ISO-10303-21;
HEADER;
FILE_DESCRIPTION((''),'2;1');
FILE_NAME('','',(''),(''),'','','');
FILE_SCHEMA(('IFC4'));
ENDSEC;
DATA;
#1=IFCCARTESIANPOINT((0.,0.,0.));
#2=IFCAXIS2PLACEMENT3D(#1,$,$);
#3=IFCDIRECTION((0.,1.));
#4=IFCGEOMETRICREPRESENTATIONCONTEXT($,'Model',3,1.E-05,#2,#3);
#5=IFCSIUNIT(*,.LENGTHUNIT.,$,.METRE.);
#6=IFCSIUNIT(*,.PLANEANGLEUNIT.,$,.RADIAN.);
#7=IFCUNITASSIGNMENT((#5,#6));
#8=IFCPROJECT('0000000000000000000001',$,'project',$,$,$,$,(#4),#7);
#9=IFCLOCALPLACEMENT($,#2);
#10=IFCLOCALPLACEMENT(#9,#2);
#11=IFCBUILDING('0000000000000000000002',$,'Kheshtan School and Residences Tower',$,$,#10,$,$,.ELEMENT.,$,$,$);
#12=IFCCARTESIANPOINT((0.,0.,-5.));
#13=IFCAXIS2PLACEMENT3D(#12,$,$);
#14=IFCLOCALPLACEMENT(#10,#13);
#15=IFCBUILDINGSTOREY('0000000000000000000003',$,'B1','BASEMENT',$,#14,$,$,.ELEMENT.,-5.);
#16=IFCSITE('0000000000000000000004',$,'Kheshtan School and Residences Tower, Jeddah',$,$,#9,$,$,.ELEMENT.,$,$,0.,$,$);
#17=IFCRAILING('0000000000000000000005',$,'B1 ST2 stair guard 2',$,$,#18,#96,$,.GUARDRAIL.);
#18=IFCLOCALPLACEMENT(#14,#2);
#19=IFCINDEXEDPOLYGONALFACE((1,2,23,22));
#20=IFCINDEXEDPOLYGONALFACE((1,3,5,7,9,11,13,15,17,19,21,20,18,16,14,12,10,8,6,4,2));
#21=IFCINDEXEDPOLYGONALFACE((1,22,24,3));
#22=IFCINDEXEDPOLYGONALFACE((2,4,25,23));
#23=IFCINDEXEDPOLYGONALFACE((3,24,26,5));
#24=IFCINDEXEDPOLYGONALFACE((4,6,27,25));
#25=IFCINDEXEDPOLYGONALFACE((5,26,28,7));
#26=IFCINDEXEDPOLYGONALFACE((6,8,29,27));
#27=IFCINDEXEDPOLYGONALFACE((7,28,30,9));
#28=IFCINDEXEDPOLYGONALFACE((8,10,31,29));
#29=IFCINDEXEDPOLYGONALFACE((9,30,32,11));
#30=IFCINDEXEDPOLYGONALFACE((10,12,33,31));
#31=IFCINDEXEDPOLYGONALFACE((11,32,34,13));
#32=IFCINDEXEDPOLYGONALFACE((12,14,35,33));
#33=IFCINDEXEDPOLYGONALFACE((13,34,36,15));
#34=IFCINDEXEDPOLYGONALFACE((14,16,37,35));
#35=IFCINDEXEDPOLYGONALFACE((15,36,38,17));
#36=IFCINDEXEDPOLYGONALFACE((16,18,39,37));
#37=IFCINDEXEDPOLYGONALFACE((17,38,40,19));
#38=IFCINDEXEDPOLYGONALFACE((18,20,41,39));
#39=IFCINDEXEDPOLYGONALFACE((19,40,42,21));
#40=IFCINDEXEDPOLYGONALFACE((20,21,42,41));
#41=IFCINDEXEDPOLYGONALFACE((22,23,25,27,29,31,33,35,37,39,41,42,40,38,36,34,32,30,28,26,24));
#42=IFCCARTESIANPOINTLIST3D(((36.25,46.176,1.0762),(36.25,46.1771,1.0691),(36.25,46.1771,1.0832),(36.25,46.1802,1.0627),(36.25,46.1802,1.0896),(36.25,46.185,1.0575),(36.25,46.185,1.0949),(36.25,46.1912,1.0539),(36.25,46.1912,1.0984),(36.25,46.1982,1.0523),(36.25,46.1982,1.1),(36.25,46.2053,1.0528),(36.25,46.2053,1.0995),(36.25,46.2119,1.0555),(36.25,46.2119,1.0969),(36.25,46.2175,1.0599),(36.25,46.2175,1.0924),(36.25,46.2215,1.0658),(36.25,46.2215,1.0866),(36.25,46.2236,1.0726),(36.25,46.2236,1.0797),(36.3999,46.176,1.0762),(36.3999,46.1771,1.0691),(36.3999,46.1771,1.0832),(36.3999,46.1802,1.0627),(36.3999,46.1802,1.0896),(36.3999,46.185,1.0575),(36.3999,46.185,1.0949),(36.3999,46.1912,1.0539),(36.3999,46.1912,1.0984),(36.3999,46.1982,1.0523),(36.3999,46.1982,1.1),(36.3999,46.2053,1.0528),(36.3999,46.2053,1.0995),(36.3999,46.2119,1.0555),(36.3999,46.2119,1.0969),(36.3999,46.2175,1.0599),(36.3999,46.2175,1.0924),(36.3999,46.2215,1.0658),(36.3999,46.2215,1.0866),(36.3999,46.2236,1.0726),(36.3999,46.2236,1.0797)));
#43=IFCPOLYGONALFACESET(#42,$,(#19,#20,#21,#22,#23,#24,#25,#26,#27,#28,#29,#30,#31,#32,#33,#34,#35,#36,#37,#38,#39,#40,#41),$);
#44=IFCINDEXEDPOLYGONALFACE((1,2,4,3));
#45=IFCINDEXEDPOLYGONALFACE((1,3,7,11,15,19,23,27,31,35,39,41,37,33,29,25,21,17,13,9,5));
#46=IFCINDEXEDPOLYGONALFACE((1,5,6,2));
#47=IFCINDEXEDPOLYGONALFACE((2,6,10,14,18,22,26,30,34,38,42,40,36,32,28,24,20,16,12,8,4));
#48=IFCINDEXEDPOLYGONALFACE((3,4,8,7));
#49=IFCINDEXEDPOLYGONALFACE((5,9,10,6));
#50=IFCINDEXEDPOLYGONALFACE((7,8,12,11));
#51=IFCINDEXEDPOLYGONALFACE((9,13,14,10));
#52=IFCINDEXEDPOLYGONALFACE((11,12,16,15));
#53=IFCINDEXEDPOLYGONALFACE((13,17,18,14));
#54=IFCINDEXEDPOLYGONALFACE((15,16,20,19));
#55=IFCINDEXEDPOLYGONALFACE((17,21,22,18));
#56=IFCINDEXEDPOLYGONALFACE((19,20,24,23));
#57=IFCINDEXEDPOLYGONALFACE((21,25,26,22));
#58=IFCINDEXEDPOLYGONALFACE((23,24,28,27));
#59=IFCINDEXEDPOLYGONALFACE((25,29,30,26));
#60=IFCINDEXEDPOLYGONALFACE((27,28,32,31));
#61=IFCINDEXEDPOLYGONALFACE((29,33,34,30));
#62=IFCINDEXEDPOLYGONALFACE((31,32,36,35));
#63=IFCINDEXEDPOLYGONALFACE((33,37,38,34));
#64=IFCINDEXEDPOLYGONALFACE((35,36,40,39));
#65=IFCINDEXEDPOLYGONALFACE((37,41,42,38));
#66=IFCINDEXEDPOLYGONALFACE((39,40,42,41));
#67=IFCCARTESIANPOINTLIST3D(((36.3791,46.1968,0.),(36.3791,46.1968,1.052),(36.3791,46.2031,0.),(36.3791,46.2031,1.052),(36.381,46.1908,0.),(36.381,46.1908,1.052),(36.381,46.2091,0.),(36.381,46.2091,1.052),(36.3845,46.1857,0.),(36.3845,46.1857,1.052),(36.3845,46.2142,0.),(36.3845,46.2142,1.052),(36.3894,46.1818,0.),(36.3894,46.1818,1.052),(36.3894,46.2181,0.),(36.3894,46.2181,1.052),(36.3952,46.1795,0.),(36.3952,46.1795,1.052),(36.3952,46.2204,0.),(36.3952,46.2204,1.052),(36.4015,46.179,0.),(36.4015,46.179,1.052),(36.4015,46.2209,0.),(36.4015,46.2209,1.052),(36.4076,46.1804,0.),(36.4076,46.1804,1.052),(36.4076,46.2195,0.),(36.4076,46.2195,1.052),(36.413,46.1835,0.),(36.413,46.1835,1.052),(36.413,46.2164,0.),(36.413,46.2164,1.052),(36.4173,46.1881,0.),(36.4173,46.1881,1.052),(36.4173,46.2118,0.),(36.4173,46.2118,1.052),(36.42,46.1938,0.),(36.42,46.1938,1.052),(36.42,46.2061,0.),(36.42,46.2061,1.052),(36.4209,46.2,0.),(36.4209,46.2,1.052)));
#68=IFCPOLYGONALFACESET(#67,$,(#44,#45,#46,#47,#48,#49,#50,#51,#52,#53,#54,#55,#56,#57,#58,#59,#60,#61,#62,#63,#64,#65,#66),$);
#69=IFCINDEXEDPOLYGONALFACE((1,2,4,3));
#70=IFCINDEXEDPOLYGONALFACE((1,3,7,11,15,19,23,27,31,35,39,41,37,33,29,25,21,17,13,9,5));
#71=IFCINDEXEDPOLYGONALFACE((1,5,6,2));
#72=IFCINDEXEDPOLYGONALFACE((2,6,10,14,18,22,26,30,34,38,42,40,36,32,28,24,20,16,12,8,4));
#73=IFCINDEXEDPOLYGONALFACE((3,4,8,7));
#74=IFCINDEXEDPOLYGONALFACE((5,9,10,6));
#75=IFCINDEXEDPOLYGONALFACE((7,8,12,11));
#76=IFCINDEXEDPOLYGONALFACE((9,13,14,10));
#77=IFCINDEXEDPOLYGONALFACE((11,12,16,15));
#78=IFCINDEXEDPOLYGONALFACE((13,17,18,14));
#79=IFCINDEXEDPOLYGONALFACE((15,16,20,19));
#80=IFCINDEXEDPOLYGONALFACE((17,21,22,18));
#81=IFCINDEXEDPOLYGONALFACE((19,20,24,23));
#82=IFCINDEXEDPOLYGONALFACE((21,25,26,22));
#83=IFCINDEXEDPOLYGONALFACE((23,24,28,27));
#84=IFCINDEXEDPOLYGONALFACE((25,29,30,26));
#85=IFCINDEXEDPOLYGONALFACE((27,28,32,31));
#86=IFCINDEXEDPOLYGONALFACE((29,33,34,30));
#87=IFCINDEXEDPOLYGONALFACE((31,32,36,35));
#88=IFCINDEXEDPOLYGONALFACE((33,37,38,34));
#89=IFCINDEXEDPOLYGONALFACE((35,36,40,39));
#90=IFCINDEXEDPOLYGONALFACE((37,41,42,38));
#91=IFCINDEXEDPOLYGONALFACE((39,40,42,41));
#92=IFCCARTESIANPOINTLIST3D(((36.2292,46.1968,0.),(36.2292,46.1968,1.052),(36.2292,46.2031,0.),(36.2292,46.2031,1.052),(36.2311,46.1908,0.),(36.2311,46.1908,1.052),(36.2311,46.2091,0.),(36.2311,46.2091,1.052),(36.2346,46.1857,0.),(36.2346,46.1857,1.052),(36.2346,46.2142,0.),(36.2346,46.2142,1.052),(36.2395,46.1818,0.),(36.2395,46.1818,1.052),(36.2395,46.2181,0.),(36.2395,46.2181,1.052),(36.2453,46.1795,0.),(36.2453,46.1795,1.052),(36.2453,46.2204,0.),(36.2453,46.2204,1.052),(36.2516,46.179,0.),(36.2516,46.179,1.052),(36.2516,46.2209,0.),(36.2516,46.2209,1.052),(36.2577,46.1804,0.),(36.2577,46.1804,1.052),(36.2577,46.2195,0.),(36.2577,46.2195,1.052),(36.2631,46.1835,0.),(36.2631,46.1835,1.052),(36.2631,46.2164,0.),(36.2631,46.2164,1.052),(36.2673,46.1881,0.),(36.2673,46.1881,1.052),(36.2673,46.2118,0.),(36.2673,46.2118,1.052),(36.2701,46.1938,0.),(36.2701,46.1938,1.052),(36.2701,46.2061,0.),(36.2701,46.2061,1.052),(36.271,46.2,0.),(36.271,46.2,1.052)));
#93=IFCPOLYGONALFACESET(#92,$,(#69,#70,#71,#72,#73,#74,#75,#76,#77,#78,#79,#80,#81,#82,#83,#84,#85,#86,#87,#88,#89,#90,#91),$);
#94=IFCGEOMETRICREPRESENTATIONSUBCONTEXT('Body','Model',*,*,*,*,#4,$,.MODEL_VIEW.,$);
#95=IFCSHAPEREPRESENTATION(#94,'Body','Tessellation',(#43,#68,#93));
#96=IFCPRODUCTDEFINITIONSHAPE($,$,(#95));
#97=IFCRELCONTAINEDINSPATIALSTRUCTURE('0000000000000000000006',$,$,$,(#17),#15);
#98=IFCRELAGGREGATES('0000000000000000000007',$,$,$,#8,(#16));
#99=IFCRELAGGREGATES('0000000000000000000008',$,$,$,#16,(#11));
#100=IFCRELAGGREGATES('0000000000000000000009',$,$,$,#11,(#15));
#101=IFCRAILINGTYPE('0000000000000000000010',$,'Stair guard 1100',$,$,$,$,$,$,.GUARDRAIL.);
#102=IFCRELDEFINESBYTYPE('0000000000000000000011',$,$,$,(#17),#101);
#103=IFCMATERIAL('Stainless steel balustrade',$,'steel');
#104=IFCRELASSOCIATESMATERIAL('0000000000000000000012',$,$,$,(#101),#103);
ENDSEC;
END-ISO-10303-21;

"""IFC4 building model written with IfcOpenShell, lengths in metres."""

from ifc_helpers import new_model, si_unit, direction, frame, origin, origin_2d, place, context, subcontext, project, spatial, circle, extrude, material, type_object, element, save


model = new_model("IFC4")

# Units and contexts
model_context = context("Model", 3, precision=1e-05, world=origin(), true_north=direction((0.0, 1.0)))
body_context = subcontext(model_context, "Body", "Model", "MODEL_VIEW")
ifc_project = project(units=[si_unit("LENGTHUNIT", "METRE"), si_unit("PLANEANGLEUNIT", "RADIAN")], contexts=[model_context])

# Site, building, storey
site_placement = place(None, origin())
site = spatial("IfcSite", under=ifc_project, at=site_placement, Name="Kheshtan School and Residences Tower, Jeddah", CompositionType="ELEMENT", RefElevation=0.0)
building_placement = place(site_placement, origin())
building = spatial("IfcBuilding", under=site, at=building_placement, Name="Kheshtan School and Residences Tower", CompositionType="ELEMENT")
storey_placement = place(building_placement, frame((0.0, 0.0, -5.0)))
storey = spatial("IfcBuildingStorey", under=building, at=storey_placement, Name="B1", Description="BASEMENT", CompositionType="ELEMENT", Elevation=-5.0)

# Railing
ifc_material_1 = material(Name="Stainless steel balustrade", Category="steel")
railing_type_1 = type_object("IfcRailingType", Name="Stair guard 1100", PredefinedType="GUARDRAIL", material=ifc_material_1)
railing_1_placement = place(storey_placement, frame((36.3999, 46.2, 0.0)))
element("IfcRailing", 1, at=railing_1_placement, inside=storey, type_object=railing_type_1, Name="B1 ST2 stair guard 2", PredefinedType="GUARDRAIL", context=body_context, shape_type="SweptSolid", body=[
    extrude(circle(Radius=0.0239, at=origin_2d()), frame((0.0, 0.0, 1.0762), z_axis=(-1.0, 0.0, 0.0), x_axis=(0.0, -1.0, 0.0)), (0.0, 0.0, 1.0), 0.1499),
    extrude(circle(Radius=0.021, at=origin_2d()), origin(), (0.0, 0.0, 1.0), 1.052),
    extrude(circle(Radius=0.021, at=origin_2d()), frame((-0.1499, 0.0, 0.0)), (0.0, 0.0, 1.0), 1.052),
])

save(model, "model.ifc")
